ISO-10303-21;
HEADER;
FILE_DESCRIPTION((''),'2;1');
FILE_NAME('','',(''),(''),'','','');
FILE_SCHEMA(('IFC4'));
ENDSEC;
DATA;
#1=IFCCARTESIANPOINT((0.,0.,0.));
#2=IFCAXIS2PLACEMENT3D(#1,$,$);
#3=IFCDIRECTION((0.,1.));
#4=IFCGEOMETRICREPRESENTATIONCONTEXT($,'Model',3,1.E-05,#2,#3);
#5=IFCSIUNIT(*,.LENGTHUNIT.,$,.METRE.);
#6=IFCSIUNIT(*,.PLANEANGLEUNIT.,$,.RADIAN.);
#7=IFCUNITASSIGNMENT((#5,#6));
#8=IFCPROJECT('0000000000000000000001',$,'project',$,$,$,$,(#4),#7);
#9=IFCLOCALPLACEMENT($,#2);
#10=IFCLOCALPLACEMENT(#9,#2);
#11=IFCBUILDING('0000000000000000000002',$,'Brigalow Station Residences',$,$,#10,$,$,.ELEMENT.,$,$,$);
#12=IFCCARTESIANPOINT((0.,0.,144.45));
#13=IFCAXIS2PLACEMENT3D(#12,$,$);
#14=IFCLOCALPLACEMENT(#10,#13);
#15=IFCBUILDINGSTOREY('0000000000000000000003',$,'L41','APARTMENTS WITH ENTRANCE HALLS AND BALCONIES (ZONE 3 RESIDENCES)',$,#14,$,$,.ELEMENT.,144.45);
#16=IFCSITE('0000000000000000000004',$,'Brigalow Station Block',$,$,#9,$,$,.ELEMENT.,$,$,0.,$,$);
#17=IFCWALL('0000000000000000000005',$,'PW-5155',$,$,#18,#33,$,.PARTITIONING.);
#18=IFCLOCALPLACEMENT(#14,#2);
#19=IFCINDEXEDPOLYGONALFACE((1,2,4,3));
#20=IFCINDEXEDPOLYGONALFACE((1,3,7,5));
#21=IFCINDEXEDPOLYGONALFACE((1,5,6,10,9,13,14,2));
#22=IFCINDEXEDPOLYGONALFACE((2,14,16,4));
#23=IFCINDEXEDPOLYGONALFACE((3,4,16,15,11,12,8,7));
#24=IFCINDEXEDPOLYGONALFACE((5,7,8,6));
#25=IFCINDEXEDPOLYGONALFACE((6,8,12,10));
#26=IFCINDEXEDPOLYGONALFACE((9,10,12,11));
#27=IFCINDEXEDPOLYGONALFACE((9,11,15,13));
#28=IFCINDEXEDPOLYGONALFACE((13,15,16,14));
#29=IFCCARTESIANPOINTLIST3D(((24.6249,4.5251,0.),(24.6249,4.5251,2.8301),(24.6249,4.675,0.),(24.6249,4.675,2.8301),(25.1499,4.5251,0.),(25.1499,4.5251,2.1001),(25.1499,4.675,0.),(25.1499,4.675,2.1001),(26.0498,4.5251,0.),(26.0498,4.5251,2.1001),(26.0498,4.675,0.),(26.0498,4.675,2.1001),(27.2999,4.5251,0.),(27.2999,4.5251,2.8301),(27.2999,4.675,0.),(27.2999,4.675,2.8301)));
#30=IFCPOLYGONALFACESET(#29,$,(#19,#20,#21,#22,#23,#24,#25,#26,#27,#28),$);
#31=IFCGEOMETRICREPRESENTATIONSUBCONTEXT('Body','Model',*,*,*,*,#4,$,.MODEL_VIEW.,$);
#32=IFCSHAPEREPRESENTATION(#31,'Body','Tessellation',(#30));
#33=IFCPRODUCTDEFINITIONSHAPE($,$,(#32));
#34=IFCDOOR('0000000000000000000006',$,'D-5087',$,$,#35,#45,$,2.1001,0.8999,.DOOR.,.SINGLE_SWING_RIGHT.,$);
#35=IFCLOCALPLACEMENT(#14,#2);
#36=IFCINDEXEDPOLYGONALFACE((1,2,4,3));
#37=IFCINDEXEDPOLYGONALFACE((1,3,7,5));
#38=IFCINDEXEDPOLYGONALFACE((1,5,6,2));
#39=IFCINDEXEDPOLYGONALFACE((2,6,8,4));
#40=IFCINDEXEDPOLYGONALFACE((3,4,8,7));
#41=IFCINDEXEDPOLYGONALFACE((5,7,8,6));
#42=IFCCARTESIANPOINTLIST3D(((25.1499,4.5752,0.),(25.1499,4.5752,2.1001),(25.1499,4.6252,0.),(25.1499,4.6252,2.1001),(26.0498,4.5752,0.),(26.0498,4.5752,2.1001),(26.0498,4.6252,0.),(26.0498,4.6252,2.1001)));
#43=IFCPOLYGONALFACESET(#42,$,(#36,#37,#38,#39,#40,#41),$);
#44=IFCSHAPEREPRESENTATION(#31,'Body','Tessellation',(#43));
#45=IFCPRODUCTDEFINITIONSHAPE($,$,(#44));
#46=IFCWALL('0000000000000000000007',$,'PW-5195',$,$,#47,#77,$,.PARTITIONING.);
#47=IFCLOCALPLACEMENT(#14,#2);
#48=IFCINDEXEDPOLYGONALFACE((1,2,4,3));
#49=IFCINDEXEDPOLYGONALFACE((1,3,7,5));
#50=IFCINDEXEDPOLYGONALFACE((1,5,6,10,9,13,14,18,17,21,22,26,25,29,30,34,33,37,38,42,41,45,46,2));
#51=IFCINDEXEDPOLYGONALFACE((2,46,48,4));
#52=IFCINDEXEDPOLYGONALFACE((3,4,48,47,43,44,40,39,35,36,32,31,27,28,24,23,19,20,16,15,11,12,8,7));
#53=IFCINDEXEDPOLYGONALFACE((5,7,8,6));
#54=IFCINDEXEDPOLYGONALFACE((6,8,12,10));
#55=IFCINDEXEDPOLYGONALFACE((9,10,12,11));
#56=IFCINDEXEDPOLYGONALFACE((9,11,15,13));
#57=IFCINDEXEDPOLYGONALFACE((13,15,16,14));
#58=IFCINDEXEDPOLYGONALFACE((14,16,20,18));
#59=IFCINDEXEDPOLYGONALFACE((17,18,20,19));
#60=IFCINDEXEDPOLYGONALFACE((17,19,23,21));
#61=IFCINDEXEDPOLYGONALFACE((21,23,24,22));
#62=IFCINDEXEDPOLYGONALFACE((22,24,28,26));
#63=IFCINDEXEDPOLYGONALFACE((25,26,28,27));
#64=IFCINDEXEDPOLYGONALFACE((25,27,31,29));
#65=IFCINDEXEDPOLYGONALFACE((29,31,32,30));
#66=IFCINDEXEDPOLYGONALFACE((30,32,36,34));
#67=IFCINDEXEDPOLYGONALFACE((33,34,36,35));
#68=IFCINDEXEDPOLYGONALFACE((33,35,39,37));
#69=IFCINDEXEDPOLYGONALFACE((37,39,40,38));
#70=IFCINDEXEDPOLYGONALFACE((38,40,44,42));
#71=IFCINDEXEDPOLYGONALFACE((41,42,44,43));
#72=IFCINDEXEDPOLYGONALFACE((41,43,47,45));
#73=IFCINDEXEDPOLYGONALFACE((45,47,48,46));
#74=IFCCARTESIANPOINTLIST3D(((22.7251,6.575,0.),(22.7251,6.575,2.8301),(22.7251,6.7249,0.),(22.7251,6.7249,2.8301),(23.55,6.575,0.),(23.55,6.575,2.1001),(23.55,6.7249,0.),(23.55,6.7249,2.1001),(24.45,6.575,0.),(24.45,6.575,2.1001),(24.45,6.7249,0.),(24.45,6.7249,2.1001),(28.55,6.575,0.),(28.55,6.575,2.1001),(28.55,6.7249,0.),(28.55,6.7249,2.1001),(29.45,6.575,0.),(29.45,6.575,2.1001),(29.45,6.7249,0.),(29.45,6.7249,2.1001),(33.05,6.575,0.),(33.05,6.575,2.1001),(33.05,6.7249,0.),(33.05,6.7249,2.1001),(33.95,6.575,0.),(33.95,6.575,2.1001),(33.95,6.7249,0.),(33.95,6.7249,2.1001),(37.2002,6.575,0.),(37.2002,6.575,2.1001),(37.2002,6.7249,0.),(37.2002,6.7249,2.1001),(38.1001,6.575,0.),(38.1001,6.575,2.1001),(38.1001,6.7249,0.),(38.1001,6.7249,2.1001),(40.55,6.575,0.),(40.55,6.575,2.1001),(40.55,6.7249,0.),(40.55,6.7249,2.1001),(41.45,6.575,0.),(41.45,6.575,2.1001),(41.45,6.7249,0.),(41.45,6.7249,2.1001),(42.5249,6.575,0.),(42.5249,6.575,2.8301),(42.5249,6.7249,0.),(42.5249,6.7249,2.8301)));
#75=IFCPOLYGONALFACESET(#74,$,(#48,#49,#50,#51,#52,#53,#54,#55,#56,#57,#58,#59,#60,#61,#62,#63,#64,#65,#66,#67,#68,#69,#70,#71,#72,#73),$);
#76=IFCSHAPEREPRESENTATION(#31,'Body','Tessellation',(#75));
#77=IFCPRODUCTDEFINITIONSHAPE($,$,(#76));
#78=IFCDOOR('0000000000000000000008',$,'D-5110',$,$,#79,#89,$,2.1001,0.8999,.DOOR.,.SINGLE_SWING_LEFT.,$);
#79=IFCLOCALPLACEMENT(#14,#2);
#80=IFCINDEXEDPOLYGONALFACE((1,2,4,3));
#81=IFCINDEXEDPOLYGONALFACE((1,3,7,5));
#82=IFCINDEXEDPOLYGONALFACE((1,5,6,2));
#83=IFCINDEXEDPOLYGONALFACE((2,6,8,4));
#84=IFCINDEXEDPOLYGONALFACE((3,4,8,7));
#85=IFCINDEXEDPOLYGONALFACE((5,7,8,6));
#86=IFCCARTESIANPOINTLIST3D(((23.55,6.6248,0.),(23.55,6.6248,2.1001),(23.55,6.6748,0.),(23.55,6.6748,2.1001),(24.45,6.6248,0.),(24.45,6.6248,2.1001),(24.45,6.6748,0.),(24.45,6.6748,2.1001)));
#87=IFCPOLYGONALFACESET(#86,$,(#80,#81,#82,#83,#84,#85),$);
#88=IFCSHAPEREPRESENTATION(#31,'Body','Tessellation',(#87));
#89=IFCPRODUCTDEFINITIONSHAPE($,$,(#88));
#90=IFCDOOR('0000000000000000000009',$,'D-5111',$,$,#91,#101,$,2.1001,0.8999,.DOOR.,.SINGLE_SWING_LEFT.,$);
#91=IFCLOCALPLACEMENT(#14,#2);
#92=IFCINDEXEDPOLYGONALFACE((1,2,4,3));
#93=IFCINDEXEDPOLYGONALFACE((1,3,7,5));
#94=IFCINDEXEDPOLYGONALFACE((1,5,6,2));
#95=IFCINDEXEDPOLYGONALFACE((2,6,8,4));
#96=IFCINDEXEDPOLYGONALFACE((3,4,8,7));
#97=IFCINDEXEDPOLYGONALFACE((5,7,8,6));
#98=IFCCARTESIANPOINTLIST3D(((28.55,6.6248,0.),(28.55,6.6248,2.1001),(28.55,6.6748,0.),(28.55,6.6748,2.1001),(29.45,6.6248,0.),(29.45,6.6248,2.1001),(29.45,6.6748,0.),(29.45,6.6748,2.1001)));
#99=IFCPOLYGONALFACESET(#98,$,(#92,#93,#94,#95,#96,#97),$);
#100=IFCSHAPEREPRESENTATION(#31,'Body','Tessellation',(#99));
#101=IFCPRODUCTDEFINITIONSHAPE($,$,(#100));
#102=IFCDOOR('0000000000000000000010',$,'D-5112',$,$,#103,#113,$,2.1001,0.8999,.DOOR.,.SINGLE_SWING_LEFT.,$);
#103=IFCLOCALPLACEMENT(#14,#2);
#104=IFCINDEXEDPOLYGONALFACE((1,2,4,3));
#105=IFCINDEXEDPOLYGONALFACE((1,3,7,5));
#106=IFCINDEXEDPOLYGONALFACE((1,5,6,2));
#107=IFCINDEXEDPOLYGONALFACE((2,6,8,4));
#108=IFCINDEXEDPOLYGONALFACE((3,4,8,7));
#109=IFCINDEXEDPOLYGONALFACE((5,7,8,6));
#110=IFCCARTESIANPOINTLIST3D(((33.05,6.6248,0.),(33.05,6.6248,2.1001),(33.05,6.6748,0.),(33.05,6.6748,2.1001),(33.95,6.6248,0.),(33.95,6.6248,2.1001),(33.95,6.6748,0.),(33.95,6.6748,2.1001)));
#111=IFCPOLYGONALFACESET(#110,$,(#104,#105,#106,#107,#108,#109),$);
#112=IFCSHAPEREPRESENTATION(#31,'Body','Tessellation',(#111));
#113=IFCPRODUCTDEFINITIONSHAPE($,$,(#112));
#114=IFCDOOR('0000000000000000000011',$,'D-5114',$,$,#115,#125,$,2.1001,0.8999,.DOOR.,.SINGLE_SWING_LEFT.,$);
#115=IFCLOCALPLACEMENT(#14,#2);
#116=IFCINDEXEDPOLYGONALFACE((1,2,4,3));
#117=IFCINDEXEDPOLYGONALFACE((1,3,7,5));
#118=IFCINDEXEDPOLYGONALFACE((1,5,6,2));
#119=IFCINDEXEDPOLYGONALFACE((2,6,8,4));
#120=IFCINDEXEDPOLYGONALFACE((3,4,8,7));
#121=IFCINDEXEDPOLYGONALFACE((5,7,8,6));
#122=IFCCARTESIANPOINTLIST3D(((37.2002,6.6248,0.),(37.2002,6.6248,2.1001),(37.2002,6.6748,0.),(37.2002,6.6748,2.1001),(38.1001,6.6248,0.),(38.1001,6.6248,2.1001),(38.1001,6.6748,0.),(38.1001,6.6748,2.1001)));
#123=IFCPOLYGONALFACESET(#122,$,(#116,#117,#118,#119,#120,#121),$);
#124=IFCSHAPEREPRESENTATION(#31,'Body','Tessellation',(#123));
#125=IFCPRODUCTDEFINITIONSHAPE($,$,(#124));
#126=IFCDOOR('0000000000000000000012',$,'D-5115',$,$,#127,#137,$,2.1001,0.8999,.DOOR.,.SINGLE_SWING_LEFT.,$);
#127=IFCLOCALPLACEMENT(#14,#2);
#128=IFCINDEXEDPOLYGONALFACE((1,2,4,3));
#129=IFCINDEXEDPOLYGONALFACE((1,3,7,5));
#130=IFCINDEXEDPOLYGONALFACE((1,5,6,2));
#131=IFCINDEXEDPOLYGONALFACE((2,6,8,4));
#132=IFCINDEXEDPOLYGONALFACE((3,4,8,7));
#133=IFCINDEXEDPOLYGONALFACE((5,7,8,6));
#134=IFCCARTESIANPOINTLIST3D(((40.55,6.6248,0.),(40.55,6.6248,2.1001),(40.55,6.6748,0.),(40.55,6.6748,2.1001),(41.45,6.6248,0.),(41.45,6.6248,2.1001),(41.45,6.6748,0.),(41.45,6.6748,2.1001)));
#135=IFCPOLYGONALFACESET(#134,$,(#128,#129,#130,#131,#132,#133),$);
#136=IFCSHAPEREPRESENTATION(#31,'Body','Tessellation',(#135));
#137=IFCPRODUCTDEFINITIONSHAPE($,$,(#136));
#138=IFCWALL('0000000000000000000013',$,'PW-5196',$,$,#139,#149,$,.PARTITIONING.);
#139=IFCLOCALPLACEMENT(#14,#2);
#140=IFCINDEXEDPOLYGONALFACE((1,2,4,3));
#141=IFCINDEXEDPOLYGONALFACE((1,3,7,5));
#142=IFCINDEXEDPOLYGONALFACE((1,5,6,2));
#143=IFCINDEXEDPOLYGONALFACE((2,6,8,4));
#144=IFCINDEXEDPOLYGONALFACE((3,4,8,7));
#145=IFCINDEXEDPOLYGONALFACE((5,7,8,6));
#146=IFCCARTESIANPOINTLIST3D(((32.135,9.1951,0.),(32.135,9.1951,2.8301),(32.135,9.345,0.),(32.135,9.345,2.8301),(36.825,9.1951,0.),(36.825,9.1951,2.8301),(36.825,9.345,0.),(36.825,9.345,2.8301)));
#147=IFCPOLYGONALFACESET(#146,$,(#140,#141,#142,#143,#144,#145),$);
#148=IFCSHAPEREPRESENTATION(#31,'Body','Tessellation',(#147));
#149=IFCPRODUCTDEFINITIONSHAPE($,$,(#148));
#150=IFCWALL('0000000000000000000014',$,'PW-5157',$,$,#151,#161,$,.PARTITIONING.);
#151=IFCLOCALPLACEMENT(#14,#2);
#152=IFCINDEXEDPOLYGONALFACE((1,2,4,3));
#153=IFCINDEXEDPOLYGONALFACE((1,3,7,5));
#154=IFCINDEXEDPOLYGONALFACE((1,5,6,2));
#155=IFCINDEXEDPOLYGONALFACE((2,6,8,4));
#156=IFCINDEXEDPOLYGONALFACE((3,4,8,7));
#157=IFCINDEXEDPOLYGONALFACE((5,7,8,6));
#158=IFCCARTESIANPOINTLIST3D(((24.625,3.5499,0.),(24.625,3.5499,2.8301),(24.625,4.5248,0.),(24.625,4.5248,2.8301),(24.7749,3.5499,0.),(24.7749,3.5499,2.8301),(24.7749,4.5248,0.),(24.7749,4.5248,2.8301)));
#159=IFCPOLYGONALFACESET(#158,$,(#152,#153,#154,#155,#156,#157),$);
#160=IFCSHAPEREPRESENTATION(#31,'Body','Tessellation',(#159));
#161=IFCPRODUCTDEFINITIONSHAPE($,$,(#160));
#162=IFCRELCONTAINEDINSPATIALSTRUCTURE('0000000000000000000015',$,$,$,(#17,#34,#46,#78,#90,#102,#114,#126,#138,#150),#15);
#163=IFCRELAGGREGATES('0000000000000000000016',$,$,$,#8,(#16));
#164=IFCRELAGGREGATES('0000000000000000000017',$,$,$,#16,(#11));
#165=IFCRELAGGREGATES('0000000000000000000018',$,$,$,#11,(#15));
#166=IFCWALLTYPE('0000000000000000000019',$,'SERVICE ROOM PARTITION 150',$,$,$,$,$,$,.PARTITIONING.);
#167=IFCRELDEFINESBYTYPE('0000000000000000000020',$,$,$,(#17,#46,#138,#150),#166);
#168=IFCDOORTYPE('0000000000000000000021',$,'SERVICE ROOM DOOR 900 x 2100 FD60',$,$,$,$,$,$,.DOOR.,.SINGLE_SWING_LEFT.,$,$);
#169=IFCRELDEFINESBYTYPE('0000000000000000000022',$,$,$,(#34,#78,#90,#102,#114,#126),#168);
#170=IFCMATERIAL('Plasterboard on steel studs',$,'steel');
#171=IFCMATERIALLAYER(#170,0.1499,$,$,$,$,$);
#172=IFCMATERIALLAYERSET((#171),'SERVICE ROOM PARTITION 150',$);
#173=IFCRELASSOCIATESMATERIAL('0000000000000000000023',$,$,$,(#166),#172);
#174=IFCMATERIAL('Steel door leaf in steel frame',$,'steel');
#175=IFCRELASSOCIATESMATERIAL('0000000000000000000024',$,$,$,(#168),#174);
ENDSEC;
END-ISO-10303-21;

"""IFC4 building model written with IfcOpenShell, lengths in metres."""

from ifc_helpers import new_model, si_unit, direction, frame, frame_2d, origin, place, context, subcontext, project, spatial, rectangle, extrude, material, layer, layer_set, type_object, element, fill, save


model = new_model("IFC4")

# Units and contexts
model_context = context("Model", 3, precision=1e-05, world=origin(), true_north=direction((0.0, 1.0)))
body_context = subcontext(model_context, "Body", "Model", "MODEL_VIEW")
ifc_project = project(units=[si_unit("LENGTHUNIT", "METRE"), si_unit("PLANEANGLEUNIT", "RADIAN")], contexts=[model_context])

# Site, building, storey
site_placement = place(None, origin())
site = spatial("IfcSite", under=ifc_project, at=site_placement, Name="Brigalow Station Block", CompositionType="ELEMENT", RefElevation=0.0)
building_placement = place(site_placement, origin())
building = spatial("IfcBuilding", under=site, at=building_placement, Name="Brigalow Station Residences", CompositionType="ELEMENT")
storey_placement = place(building_placement, frame((0.0, 0.0, 144.45)))
storey = spatial("IfcBuildingStorey", under=building, at=storey_placement, Name="L41", Description="APARTMENTS WITH ENTRANCE HALLS AND BALCONIES (ZONE 3 RESIDENCES)", CompositionType="ELEMENT", Elevation=144.45)

# Wall, opening, door
ifc_material_1 = material(Name="Plasterboard on steel studs", Category="steel")
ifc_layer_1 = layer(ifc_material_1, 0.1499)
ifc_layer_set_1 = layer_set([ifc_layer_1], Name="SERVICE ROOM PARTITION 150")
wall_type_1 = type_object("IfcWallType", Name="SERVICE ROOM PARTITION 150", PredefinedType="PARTITIONING", material=ifc_layer_set_1)
wall_1_placement = place(storey_placement, frame((24.625, 4.6001, 0.0), z_axis=(0.0, 0.0, 1.0), x_axis=(1.0, 0.0, 0.0)))
wall_1 = element("IfcWall", 1, at=wall_1_placement, inside=storey, type_object=wall_type_1, Name="PW-5155", PredefinedType="PARTITIONING", context=body_context, shape_type="SweptSolid", body=[
    extrude(rectangle(XDim=2.675, YDim=0.1499, at=frame_2d((1.3374, 0.0))), origin(), (0.0, 0.0, 1.0), 2.8301),
])
opening_1_placement = place(wall_1_placement, frame((0.5249, 0.0, 0.0)))
opening_1 = element("IfcOpeningElement", 2, at=opening_1_placement, cuts=wall_1, PredefinedType="OPENING", context=body_context, shape_type="SweptSolid", body=[
    extrude(rectangle(XDim=0.8999, YDim=2.1001, at=frame_2d((0.45, 1.05))), frame((0.0, 0.085, 0.0), z_axis=(0.0, -1.0, 0.0), x_axis=(1.0, 0.0, 0.0)), (0.0, 0.0, 1.0), 0.1699),
])
ifc_material_2 = material(Name="Steel door leaf in steel frame", Category="steel")
door_type_1 = type_object("IfcDoorType", Name="SERVICE ROOM DOOR 900 x 2100 FD60", OperationType="SINGLE_SWING_LEFT", PredefinedType="DOOR", material=ifc_material_2)
door_1_placement = place(opening_1_placement, frame((0.8999, 0.0, 0.0), z_axis=(0.0, 0.0, 1.0), x_axis=(-1.0, 0.0, 0.0)))
door_1 = element("IfcDoor", 3, at=door_1_placement, inside=storey, type_object=door_type_1, Name="D-5087", OperationType="SINGLE_SWING_RIGHT", OverallHeight=2.1001, OverallWidth=0.8999, PredefinedType="DOOR", context=body_context, shape_type="SweptSolid", body=[
    extrude(rectangle(XDim=0.8999, YDim=2.1001, at=frame_2d((0.45, 1.05))), frame((0.0, 0.0249, 0.0), z_axis=(0.0, -1.0, 0.0), x_axis=(1.0, 0.0, 0.0)), (0.0, 0.0, 1.0), 0.05),
])
fill(opening_1, door_1)

# Wall, openings, doors
wall_2_placement = place(storey_placement, frame((22.7251, 6.6499, 0.0), z_axis=(0.0, 0.0, 1.0), x_axis=(1.0, 0.0, 0.0)))
wall_2 = element("IfcWall", 4, at=wall_2_placement, inside=storey, type_object=wall_type_1, Name="PW-5195", PredefinedType="PARTITIONING", context=body_context, shape_type="SweptSolid", body=[
    extrude(rectangle(XDim=19.7998, YDim=0.1499, at=frame_2d((9.8999, 0.0))), origin(), (0.0, 0.0, 1.0), 2.8301),
])
opening_2_placement = place(wall_2_placement, frame((0.825, 0.0, 0.0)))
opening_2 = element("IfcOpeningElement", 5, at=opening_2_placement, cuts=wall_2, PredefinedType="OPENING", context=body_context, shape_type="SweptSolid", body=[
    extrude(rectangle(XDim=0.8999, YDim=2.1001, at=frame_2d((0.45, 1.05))), frame((0.0, 0.085, 0.0), z_axis=(0.0, -1.0, 0.0), x_axis=(1.0, 0.0, 0.0)), (0.0, 0.0, 1.0), 0.1699),
])
opening_3_placement = place(wall_2_placement, frame((5.825, 0.0, 0.0)))
opening_3 = element("IfcOpeningElement", 6, at=opening_3_placement, cuts=wall_2, PredefinedType="OPENING", context=body_context, shape_type="SweptSolid", body=[
    extrude(rectangle(XDim=0.8999, YDim=2.1001, at=frame_2d((0.45, 1.05))), frame((0.0, 0.085, 0.0), z_axis=(0.0, -1.0, 0.0), x_axis=(1.0, 0.0, 0.0)), (0.0, 0.0, 1.0), 0.1699),
])
opening_4_placement = place(wall_2_placement, frame((10.325, 0.0, 0.0)))
opening_4 = element("IfcOpeningElement", 7, at=opening_4_placement, cuts=wall_2, PredefinedType="OPENING", context=body_context, shape_type="SweptSolid", body=[
    extrude(rectangle(XDim=0.8999, YDim=2.1001, at=frame_2d((0.45, 1.05))), frame((0.0, 0.085, 0.0), z_axis=(0.0, -1.0, 0.0), x_axis=(1.0, 0.0, 0.0)), (0.0, 0.0, 1.0), 0.1699),
])
opening_5_placement = place(wall_2_placement, frame((14.4751, 0.0, 0.0)))
opening_5 = element("IfcOpeningElement", 8, at=opening_5_placement, cuts=wall_2, PredefinedType="OPENING", context=body_context, shape_type="SweptSolid", body=[
    extrude(rectangle(XDim=0.8999, YDim=2.1001, at=frame_2d((0.45, 1.05))), frame((0.0, 0.085, 0.0), z_axis=(0.0, -1.0, 0.0), x_axis=(1.0, 0.0, 0.0)), (0.0, 0.0, 1.0), 0.1699),
])
opening_6_placement = place(wall_2_placement, frame((17.825, 0.0, 0.0)))
opening_6 = element("IfcOpeningElement", 9, at=opening_6_placement, cuts=wall_2, PredefinedType="OPENING", context=body_context, shape_type="SweptSolid", body=[
    extrude(rectangle(XDim=0.8999, YDim=2.1001, at=frame_2d((0.45, 1.05))), frame((0.0, 0.085, 0.0), z_axis=(0.0, -1.0, 0.0), x_axis=(1.0, 0.0, 0.0)), (0.0, 0.0, 1.0), 0.1699),
])
door_2_placement = place(opening_2_placement, origin())
door_2 = element("IfcDoor", 10, at=door_2_placement, inside=storey, type_object=door_type_1, Name="D-5110", OperationType="SINGLE_SWING_LEFT", OverallHeight=2.1001, OverallWidth=0.8999, PredefinedType="DOOR", context=body_context, shape_type="SweptSolid", body=[
    extrude(rectangle(XDim=0.8999, YDim=2.1001, at=frame_2d((0.45, 1.05))), frame((0.0, 0.0249, 0.0), z_axis=(0.0, -1.0, 0.0), x_axis=(1.0, 0.0, 0.0)), (0.0, 0.0, 1.0), 0.05),
])
fill(opening_2, door_2)
door_3_placement = place(opening_3_placement, origin())
door_3 = element("IfcDoor", 11, at=door_3_placement, inside=storey, type_object=door_type_1, Name="D-5111", OperationType="SINGLE_SWING_LEFT", OverallHeight=2.1001, OverallWidth=0.8999, PredefinedType="DOOR", context=body_context, shape_type="SweptSolid", body=[
    extrude(rectangle(XDim=0.8999, YDim=2.1001, at=frame_2d((0.45, 1.05))), frame((0.0, 0.0249, 0.0), z_axis=(0.0, -1.0, 0.0), x_axis=(1.0, 0.0, 0.0)), (0.0, 0.0, 1.0), 0.05),
])
fill(opening_3, door_3)
door_4_placement = place(opening_4_placement, origin())
door_4 = element("IfcDoor", 12, at=door_4_placement, inside=storey, type_object=door_type_1, Name="D-5112", OperationType="SINGLE_SWING_LEFT", OverallHeight=2.1001, OverallWidth=0.8999, PredefinedType="DOOR", context=body_context, shape_type="SweptSolid", body=[
    extrude(rectangle(XDim=0.8999, YDim=2.1001, at=frame_2d((0.45, 1.05))), frame((0.0, 0.0249, 0.0), z_axis=(0.0, -1.0, 0.0), x_axis=(1.0, 0.0, 0.0)), (0.0, 0.0, 1.0), 0.05),
])
fill(opening_4, door_4)
door_5_placement = place(opening_5_placement, origin())
door_5 = element("IfcDoor", 13, at=door_5_placement, inside=storey, type_object=door_type_1, Name="D-5114", OperationType="SINGLE_SWING_LEFT", OverallHeight=2.1001, OverallWidth=0.8999, PredefinedType="DOOR", context=body_context, shape_type="SweptSolid", body=[
    extrude(rectangle(XDim=0.8999, YDim=2.1001, at=frame_2d((0.45, 1.05))), frame((0.0, 0.0249, 0.0), z_axis=(0.0, -1.0, 0.0), x_axis=(1.0, 0.0, 0.0)), (0.0, 0.0, 1.0), 0.05),
])
fill(opening_5, door_5)
door_6_placement = place(opening_6_placement, origin())
door_6 = element("IfcDoor", 14, at=door_6_placement, inside=storey, type_object=door_type_1, Name="D-5115", OperationType="SINGLE_SWING_LEFT", OverallHeight=2.1001, OverallWidth=0.8999, PredefinedType="DOOR", context=body_context, shape_type="SweptSolid", body=[
    extrude(rectangle(XDim=0.8999, YDim=2.1001, at=frame_2d((0.45, 1.05))), frame((0.0, 0.0249, 0.0), z_axis=(0.0, -1.0, 0.0), x_axis=(1.0, 0.0, 0.0)), (0.0, 0.0, 1.0), 0.05),
])
fill(opening_6, door_6)

# Walls
wall_3_placement = place(storey_placement, frame((32.135, 9.27, 0.0), z_axis=(0.0, 0.0, 1.0), x_axis=(1.0, 0.0, 0.0)))
element("IfcWall", 15, at=wall_3_placement, inside=storey, type_object=wall_type_1, Name="PW-5196", PredefinedType="PARTITIONING", context=body_context, shape_type="SweptSolid", body=[
    extrude(rectangle(XDim=4.6899, YDim=0.1499, at=frame_2d((2.345, 0.0))), origin(), (0.0, 0.0, 1.0), 2.8301),
])
wall_4_placement = place(storey_placement, frame((24.7, 3.55, 0.0), z_axis=(0.0, 0.0, 1.0), x_axis=(0.0, 1.0, 0.0)))
element("IfcWall", 16, at=wall_4_placement, inside=storey, type_object=wall_type_1, Name="PW-5157", PredefinedType="PARTITIONING", context=body_context, shape_type="SweptSolid", body=[
    extrude(rectangle(XDim=0.9749, YDim=0.1499, at=frame_2d((0.4873, 0.0))), origin(), (0.0, 0.0, 1.0), 2.8301),
])

save(model, "model.ifc")
